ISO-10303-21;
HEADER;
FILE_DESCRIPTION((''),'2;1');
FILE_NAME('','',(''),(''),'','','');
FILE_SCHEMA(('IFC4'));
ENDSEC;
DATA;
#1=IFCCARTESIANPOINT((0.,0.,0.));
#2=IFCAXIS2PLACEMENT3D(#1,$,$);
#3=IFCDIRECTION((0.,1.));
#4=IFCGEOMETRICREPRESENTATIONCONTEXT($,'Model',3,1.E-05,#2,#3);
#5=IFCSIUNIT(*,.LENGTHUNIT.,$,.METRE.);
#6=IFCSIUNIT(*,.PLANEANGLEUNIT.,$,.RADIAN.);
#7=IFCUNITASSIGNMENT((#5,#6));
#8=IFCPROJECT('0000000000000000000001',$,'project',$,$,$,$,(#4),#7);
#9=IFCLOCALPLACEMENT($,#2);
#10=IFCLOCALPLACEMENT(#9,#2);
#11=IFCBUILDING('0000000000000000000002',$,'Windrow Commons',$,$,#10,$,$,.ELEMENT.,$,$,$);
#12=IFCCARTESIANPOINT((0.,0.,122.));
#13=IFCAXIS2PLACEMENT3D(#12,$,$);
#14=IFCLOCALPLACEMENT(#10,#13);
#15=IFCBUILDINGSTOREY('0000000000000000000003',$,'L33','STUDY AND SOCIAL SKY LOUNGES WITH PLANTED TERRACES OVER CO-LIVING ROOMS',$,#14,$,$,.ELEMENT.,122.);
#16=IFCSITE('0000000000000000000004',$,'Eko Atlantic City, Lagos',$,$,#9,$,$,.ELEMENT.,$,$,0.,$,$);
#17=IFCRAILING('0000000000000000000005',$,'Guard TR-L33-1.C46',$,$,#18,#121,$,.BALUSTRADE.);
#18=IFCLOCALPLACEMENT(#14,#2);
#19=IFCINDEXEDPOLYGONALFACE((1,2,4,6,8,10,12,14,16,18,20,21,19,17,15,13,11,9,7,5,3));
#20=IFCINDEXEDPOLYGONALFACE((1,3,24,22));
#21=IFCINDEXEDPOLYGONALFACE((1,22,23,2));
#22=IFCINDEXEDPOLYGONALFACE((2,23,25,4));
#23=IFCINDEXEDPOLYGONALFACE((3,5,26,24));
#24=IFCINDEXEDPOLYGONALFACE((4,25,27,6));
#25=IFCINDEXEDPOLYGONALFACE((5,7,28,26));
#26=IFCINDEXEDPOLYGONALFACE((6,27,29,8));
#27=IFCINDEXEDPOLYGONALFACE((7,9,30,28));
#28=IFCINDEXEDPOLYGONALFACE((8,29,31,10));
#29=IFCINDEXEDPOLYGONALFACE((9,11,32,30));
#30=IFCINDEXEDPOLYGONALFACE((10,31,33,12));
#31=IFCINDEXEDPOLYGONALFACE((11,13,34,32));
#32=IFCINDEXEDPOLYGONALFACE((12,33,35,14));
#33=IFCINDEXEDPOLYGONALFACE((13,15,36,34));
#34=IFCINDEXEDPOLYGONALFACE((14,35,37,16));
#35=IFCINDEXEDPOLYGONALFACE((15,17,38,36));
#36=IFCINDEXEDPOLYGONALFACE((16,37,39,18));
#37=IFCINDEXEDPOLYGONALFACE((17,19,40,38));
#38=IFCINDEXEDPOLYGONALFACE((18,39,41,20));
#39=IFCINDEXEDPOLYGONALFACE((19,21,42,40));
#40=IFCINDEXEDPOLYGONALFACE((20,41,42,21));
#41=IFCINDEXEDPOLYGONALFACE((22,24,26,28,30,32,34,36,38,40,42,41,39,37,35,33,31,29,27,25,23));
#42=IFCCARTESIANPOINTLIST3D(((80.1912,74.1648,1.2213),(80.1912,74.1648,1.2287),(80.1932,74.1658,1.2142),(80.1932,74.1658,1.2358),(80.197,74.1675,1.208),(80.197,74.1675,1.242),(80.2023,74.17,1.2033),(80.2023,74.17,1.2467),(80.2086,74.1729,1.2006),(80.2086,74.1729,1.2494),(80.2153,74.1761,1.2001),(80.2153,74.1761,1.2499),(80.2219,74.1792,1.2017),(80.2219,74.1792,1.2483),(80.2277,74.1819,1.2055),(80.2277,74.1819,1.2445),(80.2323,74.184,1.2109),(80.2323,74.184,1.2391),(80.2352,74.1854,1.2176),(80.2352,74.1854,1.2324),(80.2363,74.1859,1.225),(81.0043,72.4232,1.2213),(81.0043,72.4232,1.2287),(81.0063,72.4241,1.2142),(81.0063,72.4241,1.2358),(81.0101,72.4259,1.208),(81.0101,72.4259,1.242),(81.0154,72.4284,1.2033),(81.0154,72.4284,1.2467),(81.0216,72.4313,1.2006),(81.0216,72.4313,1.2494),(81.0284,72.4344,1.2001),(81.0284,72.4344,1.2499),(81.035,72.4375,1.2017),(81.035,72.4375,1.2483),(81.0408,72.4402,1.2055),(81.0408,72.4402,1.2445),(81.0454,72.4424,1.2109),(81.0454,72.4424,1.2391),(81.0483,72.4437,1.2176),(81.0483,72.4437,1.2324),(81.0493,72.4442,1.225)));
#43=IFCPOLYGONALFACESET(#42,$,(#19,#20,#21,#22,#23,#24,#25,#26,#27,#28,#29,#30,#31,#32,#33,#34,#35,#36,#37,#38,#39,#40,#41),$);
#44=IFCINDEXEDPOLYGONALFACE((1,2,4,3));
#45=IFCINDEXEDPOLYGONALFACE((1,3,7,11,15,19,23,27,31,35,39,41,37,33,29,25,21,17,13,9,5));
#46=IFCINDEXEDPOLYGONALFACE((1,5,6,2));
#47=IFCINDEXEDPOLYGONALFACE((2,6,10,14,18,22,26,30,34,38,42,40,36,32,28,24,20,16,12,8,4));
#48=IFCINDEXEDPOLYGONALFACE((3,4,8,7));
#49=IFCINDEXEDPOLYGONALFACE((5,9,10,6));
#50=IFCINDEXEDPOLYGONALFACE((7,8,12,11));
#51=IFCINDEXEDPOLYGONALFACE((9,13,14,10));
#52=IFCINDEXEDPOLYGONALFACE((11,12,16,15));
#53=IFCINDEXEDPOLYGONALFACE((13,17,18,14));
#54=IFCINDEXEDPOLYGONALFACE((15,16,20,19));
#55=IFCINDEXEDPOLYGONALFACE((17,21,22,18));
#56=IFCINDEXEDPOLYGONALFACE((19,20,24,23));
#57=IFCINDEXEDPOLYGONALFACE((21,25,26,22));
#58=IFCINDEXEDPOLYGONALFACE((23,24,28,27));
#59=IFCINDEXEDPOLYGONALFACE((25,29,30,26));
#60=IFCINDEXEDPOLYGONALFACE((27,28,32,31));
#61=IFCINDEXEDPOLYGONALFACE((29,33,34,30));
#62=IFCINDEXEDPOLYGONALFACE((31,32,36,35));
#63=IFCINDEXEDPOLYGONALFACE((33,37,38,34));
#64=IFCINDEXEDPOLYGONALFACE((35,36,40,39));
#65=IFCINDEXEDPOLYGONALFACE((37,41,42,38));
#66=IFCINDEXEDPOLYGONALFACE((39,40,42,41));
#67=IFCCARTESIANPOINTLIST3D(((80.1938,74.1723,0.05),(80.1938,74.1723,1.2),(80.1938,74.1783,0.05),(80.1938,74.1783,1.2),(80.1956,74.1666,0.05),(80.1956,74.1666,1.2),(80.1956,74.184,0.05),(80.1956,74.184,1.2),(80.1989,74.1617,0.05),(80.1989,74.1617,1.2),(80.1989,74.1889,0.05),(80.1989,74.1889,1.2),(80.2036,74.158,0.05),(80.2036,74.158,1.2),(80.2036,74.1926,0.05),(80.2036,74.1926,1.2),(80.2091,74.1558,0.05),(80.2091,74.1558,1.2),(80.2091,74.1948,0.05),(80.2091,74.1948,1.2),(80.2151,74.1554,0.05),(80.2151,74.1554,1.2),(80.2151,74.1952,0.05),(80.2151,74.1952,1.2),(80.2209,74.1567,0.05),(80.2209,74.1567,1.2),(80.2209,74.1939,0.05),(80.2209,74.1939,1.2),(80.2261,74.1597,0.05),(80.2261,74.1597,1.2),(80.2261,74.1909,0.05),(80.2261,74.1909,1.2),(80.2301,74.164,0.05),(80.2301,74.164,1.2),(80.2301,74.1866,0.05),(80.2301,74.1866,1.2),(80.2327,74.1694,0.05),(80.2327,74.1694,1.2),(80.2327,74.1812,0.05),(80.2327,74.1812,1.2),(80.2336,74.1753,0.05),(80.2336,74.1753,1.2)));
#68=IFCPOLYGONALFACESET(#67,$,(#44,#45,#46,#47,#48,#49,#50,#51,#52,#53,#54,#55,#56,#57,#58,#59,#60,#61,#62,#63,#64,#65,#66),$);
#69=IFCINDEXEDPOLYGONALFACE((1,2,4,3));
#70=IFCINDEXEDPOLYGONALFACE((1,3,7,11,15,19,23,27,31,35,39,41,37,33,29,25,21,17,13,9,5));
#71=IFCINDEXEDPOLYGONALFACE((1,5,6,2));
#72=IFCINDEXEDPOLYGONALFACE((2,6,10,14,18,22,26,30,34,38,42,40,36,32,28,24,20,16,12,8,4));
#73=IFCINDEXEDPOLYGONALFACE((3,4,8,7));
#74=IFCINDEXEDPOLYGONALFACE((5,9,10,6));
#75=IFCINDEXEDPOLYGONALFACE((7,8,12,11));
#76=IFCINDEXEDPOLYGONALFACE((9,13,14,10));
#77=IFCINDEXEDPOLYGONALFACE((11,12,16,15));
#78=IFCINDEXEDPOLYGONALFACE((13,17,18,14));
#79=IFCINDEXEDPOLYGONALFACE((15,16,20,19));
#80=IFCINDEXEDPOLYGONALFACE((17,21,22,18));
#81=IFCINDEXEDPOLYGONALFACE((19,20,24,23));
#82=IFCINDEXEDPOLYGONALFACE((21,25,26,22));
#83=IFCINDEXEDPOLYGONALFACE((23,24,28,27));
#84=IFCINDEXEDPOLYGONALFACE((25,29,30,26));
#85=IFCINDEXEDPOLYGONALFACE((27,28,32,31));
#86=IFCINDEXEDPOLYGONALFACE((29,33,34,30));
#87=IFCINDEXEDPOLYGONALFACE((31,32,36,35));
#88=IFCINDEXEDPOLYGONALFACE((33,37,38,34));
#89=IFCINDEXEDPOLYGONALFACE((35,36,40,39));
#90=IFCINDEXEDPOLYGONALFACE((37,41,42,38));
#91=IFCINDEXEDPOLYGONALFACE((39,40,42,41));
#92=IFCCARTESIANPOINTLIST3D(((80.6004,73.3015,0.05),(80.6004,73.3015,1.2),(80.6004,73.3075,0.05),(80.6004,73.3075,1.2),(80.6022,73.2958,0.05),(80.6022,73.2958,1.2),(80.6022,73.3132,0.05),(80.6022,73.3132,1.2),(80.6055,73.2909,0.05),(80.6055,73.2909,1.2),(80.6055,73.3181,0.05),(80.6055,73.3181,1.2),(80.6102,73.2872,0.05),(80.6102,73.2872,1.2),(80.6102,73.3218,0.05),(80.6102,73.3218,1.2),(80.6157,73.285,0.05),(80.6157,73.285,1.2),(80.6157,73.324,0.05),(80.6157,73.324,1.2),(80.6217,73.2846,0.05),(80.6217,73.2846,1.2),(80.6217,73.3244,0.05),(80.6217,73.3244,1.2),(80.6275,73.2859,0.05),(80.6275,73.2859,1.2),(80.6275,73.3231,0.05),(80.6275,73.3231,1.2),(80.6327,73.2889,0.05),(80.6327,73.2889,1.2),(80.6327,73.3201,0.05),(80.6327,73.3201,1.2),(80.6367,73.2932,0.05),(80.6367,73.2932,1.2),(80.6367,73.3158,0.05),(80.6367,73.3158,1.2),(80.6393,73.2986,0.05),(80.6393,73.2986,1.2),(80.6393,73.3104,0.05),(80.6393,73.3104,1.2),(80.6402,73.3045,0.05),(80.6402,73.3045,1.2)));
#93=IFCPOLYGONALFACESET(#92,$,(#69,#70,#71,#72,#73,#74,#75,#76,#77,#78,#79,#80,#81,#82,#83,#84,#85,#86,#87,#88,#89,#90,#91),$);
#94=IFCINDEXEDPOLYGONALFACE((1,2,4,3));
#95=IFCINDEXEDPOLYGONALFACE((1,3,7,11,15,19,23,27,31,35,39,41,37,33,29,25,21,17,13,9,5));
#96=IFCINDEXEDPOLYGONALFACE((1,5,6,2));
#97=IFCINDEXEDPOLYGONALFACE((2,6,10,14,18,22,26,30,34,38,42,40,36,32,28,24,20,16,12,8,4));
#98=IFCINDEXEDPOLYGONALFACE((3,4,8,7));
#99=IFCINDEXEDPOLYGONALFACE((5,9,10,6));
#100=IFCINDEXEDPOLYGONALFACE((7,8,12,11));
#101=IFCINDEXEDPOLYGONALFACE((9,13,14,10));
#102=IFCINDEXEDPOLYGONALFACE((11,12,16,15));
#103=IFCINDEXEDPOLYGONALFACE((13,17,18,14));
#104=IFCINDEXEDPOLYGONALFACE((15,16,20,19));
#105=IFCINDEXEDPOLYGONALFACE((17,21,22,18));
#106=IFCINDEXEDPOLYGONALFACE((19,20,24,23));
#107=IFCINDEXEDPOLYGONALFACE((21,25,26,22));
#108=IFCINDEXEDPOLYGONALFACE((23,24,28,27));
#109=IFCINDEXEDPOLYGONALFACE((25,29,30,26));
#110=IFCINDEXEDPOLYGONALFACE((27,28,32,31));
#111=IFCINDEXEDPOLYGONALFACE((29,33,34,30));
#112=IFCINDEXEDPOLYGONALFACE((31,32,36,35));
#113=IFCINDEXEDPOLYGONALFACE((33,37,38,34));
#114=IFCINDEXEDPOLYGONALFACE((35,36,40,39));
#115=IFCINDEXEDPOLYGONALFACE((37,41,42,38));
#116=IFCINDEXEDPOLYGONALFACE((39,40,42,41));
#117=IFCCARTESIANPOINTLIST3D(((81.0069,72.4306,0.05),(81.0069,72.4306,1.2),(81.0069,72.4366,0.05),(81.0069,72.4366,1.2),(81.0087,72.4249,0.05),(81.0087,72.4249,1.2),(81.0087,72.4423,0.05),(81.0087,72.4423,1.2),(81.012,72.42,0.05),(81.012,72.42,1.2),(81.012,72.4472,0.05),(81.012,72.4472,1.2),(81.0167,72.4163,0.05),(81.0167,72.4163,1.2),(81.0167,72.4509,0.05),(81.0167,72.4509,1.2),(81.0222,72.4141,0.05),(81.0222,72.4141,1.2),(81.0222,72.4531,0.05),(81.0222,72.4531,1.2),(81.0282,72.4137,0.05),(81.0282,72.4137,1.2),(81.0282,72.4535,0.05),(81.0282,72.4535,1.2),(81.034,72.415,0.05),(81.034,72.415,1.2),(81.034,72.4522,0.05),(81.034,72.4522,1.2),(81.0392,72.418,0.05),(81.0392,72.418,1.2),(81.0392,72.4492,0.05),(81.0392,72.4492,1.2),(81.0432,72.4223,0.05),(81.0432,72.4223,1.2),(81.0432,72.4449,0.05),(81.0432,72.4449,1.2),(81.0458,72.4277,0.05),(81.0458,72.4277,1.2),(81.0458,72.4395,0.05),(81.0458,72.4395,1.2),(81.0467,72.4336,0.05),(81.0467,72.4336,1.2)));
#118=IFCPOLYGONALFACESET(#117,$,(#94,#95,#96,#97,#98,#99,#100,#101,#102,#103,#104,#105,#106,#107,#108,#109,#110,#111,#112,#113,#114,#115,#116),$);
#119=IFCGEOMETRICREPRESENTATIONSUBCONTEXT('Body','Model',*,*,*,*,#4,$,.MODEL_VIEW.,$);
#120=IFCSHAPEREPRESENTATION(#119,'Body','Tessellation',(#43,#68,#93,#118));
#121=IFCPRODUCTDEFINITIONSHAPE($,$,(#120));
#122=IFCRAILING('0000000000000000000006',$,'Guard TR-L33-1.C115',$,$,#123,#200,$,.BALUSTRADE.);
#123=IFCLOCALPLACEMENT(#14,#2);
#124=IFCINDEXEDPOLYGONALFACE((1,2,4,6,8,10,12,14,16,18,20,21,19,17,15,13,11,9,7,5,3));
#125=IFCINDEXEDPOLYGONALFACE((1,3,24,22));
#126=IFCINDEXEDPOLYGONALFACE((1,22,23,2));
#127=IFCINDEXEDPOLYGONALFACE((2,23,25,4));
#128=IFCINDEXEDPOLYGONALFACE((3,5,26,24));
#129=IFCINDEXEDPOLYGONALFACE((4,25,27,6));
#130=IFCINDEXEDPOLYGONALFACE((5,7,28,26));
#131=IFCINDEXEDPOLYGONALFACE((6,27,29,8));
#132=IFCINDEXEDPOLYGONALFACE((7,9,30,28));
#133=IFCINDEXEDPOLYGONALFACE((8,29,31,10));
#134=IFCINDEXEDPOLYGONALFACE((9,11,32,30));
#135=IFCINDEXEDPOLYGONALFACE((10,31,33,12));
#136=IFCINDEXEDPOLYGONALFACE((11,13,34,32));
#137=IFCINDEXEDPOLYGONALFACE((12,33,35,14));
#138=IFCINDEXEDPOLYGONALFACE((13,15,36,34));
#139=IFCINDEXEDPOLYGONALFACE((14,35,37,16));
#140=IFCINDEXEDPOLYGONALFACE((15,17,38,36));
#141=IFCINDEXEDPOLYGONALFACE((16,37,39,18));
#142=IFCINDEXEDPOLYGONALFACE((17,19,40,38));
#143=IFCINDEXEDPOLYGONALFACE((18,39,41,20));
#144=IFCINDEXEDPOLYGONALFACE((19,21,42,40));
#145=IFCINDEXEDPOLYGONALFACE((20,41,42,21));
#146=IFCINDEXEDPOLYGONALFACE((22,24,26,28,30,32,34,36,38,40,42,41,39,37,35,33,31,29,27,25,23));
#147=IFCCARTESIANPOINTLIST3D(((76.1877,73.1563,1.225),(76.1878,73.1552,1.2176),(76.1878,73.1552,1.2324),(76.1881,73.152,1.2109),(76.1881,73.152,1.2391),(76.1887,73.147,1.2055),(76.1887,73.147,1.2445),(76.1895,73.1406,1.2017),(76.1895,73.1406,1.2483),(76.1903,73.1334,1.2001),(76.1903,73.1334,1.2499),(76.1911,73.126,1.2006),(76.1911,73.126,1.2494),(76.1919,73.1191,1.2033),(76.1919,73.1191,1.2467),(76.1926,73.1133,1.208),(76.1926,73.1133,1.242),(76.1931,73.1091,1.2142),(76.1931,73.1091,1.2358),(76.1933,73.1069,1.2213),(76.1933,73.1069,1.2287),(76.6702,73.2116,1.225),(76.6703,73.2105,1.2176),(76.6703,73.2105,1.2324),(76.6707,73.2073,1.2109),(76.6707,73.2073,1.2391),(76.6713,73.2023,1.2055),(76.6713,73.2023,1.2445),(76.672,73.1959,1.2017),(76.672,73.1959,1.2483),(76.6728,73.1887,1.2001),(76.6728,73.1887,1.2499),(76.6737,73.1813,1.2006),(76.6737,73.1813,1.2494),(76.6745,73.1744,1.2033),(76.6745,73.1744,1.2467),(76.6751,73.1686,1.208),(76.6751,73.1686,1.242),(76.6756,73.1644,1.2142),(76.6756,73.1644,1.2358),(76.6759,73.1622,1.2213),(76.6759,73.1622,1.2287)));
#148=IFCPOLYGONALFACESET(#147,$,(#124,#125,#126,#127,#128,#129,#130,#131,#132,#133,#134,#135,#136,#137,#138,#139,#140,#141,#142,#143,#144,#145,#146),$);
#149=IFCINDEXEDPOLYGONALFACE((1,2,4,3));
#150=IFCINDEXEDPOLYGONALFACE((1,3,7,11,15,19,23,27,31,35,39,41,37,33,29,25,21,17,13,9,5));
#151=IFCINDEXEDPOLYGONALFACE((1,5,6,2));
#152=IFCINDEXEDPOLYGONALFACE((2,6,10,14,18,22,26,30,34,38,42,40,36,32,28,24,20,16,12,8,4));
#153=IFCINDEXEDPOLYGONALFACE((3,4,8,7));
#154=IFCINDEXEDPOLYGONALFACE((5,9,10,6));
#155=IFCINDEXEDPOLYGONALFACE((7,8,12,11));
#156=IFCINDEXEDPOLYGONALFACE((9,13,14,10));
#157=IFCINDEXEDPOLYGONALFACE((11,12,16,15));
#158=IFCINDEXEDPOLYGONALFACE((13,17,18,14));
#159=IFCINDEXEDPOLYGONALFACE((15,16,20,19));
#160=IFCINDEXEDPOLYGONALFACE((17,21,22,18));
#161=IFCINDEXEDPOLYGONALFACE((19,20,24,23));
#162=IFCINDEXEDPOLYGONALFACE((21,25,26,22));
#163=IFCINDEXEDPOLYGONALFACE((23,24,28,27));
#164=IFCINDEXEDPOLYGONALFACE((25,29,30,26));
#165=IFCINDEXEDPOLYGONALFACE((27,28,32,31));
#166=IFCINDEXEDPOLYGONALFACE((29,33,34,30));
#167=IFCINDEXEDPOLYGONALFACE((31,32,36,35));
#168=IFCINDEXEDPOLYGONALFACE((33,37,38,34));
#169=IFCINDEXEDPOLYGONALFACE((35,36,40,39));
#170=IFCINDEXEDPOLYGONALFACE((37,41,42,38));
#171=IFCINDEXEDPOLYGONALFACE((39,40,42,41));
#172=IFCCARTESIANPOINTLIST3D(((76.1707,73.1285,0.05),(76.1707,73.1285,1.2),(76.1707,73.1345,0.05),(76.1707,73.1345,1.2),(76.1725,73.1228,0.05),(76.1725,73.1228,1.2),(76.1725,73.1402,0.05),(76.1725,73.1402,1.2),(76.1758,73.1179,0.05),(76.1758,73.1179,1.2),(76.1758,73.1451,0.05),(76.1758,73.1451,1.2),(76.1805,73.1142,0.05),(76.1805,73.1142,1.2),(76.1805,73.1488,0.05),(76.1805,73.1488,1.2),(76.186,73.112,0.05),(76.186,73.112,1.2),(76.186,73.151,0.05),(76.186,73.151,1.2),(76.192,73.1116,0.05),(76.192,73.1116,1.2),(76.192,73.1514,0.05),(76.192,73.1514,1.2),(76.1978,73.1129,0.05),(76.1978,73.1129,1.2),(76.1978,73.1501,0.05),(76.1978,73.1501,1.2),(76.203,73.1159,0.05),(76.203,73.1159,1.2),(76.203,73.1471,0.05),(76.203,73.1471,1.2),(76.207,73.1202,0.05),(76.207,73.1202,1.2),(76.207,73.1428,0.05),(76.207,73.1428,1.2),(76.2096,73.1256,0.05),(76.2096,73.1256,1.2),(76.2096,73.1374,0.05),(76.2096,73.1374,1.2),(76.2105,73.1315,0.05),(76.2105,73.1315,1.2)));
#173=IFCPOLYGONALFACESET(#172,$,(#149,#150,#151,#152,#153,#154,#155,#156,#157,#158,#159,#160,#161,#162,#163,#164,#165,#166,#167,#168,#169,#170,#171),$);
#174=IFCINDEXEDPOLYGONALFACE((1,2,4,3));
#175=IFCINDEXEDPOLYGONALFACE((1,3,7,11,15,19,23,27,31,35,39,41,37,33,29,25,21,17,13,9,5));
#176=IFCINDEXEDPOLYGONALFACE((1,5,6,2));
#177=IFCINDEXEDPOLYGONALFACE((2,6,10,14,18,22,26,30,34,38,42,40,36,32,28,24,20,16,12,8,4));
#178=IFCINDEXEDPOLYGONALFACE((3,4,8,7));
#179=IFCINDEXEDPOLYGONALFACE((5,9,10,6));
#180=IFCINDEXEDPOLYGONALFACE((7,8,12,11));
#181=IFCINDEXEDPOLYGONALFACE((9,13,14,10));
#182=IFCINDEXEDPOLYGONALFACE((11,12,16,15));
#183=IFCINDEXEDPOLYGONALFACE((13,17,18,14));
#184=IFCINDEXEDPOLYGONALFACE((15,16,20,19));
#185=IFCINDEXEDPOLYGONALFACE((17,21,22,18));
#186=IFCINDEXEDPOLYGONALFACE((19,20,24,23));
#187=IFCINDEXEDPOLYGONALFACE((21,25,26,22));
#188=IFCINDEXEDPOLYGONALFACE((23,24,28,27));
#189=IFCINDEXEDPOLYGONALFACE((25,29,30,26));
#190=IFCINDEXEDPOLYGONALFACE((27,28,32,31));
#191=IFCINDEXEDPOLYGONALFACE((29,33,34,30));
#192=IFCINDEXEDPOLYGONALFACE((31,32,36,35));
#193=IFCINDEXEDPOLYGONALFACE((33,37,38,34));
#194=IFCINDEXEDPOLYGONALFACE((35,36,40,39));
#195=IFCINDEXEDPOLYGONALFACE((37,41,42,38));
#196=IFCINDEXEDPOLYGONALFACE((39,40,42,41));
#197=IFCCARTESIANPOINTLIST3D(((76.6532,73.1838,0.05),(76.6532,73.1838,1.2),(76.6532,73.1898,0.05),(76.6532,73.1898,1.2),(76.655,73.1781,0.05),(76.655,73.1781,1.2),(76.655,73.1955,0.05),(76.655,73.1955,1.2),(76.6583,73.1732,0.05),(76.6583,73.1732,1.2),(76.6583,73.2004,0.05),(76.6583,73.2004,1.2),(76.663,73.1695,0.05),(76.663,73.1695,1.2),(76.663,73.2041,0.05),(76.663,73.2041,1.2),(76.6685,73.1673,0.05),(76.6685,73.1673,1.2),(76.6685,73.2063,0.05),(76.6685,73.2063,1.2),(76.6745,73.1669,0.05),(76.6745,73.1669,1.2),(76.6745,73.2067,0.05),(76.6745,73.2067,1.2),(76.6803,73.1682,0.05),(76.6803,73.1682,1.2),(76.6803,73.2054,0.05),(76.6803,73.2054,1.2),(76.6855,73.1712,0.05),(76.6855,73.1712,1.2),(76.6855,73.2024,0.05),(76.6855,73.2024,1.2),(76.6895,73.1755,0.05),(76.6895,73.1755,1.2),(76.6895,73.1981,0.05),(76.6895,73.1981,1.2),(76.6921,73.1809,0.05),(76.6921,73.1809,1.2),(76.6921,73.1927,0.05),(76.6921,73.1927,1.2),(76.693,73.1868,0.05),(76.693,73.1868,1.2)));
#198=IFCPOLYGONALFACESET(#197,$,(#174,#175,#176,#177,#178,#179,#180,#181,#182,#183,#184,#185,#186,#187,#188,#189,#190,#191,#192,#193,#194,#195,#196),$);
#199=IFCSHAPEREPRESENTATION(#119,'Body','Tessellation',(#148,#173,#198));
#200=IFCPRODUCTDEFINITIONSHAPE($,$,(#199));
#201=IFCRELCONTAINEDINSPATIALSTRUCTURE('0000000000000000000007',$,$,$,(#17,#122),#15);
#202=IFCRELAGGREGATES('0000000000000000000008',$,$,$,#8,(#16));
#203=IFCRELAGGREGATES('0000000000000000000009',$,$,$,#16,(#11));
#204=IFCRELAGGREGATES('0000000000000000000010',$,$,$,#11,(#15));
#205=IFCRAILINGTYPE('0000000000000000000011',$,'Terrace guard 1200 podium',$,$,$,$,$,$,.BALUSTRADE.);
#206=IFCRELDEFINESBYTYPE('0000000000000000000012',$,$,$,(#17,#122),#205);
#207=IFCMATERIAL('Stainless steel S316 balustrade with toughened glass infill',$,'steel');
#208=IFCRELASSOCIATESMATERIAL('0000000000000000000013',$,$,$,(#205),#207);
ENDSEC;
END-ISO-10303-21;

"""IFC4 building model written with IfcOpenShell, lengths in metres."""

from ifc_helpers import new_model, si_unit, direction, frame, origin, origin_2d, place, context, subcontext, project, spatial, circle, extrude, material, type_object, element, save


model = new_model("IFC4")

# Units and contexts
model_context = context("Model", 3, precision=1e-05, world=origin(), true_north=direction((0.0, 1.0)))
body_context = subcontext(model_context, "Body", "Model", "MODEL_VIEW")
ifc_project = project(units=[si_unit("LENGTHUNIT", "METRE"), si_unit("PLANEANGLEUNIT", "RADIAN")], contexts=[model_context])

# Site, building, storey
site_placement = place(None, origin())
site = spatial("IfcSite", under=ifc_project, at=site_placement, Name="Eko Atlantic City, Lagos", CompositionType="ELEMENT", RefElevation=0.0)
building_placement = place(site_placement, origin())
building = spatial("IfcBuilding", under=site, at=building_placement, Name="Windrow Commons", CompositionType="ELEMENT")
storey_placement = place(building_placement, frame((0.0, 0.0, 122.0)))
storey = spatial("IfcBuildingStorey", under=building, at=storey_placement, Name="L33", Description="STUDY AND SOCIAL SKY LOUNGES WITH PLANTED TERRACES OVER CO-LIVING ROOMS", CompositionType="ELEMENT", Elevation=122.0)

# Railings
ifc_material_1 = material(Name="Stainless steel S316 balustrade with toughened glass infill", Category="steel")
railing_type = type_object("IfcRailingType", Name="Terrace guard 1200 podium", PredefinedType="BALUSTRADE", material=ifc_material_1)
railing_1_placement = place(storey_placement, frame((80.2136, 74.1753, 0.05)))
element("IfcRailing", 1, at=railing_1_placement, inside=storey, type_object=railing_type, Name="Guard TR-L33-1.C46", PredefinedType="BALUSTRADE", context=body_context, shape_type="SweptSolid", body=[
    extrude(circle(Radius=0.025, at=origin_2d()), frame((0.0, 0.0, 1.175), z_axis=(0.423016, -0.906122, 0.0), x_axis=(0.906122, 0.423016, 0.0)), (0.0, 0.0, 1.0), 1.9221),
    extrude(circle(Radius=0.02, at=origin_2d()), origin(), (0.0, 0.0, 1.0), 1.15),
    extrude(circle(Radius=0.02, at=origin_2d()), frame((0.4066, -0.8708, 0.0)), (0.0, 0.0, 1.0), 1.15),
    extrude(circle(Radius=0.02, at=origin_2d()), frame((0.8131, -1.7417, 0.0)), (0.0, 0.0, 1.0), 1.15),
])
railing_2_placement = place(storey_placement, frame((76.1905, 73.1315, 0.05)))
element("IfcRailing", 2, at=railing_2_placement, inside=storey, type_object=railing_type, Name="Guard TR-L33-1.C115", PredefinedType="BALUSTRADE", context=body_context, shape_type="SweptSolid", body=[
    extrude(circle(Radius=0.025, at=origin_2d()), frame((0.0, 0.0, 1.175), z_axis=(0.993496, 0.113866, 0.0), x_axis=(-0.113866, 0.993496, 0.0)), (0.0, 0.0, 1.0), 0.4857),
    extrude(circle(Radius=0.02, at=origin_2d()), origin(), (0.0, 0.0, 1.0), 1.15),
    extrude(circle(Radius=0.02, at=origin_2d()), frame((0.4825, 0.0553, 0.0)), (0.0, 0.0, 1.0), 1.15),
])

save(model, "model.ifc")
